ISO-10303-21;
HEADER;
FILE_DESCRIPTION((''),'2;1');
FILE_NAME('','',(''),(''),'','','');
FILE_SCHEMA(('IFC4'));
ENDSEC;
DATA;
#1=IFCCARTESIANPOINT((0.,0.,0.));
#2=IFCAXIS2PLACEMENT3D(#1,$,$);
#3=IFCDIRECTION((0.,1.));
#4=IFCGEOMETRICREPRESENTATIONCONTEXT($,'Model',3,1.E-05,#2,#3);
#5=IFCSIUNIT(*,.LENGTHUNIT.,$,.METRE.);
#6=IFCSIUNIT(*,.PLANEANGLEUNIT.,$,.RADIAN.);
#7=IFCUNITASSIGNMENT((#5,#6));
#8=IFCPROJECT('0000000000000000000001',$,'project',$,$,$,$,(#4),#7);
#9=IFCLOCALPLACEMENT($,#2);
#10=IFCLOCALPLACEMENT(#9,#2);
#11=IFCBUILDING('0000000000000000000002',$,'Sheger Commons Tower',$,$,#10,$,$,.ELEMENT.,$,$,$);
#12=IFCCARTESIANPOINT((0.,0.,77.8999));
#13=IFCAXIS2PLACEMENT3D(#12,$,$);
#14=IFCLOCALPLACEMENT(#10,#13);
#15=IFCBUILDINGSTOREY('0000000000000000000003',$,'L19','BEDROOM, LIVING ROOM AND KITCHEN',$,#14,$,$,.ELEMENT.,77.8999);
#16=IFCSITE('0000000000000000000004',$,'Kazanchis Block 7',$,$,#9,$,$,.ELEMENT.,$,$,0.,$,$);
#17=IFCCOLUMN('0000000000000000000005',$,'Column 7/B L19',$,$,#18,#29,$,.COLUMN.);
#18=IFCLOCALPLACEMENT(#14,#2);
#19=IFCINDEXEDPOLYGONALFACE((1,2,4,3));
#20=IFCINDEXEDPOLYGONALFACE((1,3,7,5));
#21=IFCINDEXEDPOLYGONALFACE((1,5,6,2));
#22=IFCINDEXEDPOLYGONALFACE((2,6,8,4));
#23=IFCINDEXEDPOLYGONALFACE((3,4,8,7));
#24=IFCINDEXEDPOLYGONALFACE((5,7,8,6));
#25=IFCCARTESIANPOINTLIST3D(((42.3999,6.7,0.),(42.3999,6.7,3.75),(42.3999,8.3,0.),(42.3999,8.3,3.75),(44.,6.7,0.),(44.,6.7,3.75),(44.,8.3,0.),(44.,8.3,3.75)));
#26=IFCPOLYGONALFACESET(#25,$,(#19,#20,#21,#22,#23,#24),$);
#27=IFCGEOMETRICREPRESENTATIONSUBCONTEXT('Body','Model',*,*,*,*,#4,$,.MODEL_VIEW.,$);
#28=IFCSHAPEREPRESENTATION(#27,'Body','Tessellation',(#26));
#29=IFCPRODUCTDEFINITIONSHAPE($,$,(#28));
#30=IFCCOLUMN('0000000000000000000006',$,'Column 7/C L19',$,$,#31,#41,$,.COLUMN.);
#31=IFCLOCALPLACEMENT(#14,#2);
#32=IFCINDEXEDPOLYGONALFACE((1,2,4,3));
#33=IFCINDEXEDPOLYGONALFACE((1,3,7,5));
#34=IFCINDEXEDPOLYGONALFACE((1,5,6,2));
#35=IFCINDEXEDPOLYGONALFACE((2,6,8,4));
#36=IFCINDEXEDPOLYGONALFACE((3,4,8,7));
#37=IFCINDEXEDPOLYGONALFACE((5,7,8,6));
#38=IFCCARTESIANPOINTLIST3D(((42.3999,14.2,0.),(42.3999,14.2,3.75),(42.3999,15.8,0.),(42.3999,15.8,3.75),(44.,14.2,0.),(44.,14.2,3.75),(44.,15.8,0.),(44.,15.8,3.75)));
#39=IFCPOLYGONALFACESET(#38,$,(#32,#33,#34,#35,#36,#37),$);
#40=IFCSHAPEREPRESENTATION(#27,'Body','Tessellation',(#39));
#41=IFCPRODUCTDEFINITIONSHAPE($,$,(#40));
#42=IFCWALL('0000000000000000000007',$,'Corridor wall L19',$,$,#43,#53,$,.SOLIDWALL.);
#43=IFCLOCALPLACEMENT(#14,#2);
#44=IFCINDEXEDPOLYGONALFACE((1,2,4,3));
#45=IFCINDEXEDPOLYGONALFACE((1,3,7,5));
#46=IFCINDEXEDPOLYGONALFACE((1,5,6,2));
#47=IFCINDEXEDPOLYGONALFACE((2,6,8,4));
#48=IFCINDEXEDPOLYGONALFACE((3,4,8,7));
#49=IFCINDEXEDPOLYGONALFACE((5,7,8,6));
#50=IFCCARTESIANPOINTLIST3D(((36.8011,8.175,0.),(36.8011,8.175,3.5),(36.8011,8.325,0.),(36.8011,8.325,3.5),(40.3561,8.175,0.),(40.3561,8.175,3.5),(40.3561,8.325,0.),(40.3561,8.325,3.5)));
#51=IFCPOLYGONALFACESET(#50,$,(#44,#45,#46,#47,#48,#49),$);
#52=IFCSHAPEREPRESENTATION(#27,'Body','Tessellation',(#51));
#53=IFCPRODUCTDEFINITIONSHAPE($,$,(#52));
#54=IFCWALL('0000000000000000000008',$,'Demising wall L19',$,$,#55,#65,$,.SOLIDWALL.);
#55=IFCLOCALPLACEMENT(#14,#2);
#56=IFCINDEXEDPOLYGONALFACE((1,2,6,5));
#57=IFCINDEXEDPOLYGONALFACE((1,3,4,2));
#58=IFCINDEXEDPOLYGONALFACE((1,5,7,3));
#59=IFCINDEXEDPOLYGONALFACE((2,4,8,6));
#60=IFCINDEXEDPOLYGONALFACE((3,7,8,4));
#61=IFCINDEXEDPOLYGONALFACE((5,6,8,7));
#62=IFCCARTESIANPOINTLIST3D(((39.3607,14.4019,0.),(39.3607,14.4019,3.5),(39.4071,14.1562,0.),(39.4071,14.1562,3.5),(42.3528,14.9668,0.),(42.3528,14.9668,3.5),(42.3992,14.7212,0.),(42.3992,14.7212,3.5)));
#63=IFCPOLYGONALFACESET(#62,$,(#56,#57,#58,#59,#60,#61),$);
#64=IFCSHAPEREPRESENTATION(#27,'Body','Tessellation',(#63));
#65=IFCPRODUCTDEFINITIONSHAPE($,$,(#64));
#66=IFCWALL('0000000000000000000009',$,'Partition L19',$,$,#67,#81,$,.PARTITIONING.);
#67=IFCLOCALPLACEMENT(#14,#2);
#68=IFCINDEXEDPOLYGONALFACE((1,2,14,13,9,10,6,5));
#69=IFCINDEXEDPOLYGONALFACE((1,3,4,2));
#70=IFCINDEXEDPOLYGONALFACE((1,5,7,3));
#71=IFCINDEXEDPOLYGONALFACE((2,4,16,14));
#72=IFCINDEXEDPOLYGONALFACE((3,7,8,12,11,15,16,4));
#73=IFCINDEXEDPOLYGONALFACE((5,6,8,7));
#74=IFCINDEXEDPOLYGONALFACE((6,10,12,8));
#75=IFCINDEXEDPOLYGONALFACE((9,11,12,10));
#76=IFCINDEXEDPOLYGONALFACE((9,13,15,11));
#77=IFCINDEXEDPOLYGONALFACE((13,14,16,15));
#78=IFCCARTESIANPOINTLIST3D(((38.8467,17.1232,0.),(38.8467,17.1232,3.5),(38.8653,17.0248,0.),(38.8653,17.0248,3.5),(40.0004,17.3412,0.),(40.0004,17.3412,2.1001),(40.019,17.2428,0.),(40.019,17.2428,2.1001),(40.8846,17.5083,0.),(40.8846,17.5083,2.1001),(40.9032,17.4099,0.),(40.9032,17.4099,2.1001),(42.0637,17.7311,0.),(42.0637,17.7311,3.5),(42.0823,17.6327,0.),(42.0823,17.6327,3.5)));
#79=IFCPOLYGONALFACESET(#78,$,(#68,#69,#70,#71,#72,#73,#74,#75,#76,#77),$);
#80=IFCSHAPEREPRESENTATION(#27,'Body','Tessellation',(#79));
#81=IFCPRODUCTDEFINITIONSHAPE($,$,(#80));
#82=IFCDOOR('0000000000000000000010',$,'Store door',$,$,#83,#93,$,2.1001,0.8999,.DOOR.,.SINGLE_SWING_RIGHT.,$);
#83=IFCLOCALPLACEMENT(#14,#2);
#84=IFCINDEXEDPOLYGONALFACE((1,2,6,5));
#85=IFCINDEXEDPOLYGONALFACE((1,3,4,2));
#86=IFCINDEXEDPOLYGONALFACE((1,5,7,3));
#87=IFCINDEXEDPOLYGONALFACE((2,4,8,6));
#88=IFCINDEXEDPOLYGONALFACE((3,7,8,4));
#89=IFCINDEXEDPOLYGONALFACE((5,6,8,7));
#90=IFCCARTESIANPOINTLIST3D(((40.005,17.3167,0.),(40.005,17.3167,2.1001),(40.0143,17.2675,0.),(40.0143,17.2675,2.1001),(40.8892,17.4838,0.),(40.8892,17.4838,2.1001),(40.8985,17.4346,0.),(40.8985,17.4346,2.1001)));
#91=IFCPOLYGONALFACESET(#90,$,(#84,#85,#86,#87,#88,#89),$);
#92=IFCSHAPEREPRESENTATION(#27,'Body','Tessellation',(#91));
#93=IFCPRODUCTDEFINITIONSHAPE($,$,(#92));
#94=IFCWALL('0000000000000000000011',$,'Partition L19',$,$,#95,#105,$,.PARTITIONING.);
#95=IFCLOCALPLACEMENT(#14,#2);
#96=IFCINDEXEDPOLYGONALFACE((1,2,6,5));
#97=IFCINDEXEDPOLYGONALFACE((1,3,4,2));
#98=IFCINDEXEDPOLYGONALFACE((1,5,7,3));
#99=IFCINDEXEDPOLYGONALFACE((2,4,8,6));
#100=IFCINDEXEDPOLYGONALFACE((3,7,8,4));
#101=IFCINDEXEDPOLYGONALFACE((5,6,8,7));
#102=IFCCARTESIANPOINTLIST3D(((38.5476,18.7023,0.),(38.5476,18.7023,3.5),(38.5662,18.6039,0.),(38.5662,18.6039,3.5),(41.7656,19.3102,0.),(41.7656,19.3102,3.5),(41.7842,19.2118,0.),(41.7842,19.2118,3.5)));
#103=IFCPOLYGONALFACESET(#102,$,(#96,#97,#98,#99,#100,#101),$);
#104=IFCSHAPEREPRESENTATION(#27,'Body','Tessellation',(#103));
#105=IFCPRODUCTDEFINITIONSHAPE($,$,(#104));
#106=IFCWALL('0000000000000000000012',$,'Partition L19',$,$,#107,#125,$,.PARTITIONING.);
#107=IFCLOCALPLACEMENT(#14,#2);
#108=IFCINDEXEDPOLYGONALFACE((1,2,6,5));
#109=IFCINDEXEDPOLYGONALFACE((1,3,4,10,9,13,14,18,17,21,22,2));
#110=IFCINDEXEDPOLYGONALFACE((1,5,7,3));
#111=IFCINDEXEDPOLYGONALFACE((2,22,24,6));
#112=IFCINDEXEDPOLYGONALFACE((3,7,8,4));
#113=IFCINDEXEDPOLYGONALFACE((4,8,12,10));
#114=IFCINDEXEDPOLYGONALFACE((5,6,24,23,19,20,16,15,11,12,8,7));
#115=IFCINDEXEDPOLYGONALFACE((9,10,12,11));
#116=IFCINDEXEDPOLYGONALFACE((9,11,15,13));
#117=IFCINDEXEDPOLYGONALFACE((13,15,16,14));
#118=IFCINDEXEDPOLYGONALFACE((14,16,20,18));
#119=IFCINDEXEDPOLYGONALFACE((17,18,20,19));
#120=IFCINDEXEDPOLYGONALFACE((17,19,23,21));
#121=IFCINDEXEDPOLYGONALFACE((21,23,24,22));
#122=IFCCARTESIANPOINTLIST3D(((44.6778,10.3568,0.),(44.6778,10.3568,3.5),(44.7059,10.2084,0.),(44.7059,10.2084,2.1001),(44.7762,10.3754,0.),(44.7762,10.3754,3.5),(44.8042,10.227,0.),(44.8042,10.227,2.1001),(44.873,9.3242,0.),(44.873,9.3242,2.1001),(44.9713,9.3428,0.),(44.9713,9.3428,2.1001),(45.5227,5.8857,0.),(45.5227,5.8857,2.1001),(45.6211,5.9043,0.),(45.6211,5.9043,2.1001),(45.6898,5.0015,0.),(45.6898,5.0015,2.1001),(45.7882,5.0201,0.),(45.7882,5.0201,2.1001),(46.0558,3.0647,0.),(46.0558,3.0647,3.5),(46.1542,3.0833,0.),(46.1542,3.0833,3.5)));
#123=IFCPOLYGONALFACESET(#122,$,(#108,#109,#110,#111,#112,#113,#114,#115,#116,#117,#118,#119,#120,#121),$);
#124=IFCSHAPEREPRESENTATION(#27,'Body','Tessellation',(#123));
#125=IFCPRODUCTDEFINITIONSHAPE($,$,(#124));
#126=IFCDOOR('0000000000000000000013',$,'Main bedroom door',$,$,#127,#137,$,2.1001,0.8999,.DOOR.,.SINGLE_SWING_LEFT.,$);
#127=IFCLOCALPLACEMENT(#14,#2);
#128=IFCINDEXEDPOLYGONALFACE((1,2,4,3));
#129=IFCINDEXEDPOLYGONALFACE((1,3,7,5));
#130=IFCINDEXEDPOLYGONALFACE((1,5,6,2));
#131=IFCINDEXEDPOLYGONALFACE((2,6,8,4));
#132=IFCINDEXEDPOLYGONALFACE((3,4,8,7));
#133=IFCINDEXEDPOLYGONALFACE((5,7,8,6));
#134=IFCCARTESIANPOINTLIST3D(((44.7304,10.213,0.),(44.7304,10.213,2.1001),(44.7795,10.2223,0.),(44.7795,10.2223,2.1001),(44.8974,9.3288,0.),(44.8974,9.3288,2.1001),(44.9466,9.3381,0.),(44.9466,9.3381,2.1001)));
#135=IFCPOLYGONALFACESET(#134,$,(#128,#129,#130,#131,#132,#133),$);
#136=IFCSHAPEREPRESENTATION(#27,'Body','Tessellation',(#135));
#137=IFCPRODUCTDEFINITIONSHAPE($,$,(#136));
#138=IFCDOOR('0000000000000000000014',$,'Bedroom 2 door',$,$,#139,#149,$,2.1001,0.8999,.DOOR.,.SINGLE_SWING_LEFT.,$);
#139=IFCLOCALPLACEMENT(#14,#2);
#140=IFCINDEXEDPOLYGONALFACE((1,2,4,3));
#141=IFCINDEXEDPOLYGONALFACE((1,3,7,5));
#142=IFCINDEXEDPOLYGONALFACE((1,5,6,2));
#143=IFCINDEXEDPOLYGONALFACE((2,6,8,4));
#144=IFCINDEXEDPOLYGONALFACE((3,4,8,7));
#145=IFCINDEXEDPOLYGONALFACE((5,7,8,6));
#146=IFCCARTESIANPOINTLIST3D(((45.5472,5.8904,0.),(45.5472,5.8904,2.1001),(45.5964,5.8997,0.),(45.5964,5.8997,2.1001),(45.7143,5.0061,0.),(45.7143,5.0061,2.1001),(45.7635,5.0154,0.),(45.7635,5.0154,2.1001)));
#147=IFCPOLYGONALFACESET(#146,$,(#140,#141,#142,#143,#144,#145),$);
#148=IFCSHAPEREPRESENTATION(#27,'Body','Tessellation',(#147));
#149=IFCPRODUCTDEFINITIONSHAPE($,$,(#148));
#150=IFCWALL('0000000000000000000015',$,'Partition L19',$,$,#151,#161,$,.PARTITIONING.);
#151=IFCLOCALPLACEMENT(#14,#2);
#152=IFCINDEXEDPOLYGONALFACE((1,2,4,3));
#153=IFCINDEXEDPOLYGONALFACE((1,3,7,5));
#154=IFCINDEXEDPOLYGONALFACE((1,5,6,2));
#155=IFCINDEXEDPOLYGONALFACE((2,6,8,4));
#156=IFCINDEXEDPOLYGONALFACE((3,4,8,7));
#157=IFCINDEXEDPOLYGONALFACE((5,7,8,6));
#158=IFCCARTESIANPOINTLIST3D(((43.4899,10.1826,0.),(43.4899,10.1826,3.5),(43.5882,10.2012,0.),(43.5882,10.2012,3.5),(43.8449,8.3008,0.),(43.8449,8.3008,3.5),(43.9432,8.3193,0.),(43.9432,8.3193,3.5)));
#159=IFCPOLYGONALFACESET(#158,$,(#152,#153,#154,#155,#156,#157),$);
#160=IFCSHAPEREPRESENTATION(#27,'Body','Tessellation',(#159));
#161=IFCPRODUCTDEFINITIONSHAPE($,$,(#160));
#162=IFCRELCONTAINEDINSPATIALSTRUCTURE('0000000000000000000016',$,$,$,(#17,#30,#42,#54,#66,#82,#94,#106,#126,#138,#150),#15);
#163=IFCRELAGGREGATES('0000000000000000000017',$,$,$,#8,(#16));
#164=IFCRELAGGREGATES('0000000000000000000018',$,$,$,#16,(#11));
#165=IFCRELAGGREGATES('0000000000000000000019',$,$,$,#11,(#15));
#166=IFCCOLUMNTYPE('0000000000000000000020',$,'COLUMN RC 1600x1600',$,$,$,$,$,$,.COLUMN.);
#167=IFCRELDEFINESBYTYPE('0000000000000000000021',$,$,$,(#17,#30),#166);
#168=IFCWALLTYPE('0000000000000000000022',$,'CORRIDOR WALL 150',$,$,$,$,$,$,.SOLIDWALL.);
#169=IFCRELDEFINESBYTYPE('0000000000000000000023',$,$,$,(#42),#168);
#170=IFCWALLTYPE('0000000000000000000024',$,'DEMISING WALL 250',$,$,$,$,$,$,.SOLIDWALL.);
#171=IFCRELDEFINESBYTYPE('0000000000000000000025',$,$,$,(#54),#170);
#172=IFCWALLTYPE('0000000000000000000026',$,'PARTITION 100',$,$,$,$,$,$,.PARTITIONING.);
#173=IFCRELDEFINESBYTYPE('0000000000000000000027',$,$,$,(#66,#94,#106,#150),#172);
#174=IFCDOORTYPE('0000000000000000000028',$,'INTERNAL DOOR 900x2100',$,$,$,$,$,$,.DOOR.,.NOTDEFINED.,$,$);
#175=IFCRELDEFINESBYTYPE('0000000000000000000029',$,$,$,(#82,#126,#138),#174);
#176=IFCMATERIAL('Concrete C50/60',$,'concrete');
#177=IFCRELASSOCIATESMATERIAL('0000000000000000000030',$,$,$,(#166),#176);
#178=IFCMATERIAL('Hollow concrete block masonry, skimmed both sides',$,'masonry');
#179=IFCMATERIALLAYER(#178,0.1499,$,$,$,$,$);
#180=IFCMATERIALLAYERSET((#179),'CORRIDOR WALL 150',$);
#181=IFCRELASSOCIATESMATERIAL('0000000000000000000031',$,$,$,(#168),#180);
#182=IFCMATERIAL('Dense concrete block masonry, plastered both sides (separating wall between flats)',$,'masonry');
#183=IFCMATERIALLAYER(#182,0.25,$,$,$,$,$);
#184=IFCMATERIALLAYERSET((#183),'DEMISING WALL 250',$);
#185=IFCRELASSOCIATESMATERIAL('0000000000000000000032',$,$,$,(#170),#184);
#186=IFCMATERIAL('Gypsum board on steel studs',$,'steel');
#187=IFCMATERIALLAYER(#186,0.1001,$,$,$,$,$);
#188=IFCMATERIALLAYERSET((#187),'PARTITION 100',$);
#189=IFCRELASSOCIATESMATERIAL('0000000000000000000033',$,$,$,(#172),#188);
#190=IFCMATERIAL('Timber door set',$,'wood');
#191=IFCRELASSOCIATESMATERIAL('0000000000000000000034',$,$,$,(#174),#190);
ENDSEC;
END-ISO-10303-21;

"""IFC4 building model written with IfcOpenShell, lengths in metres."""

from ifc_helpers import new_model, si_unit, direction, frame, frame_2d, origin, origin_2d, place, context, subcontext, project, spatial, rectangle, extrude, material, layer, layer_set, material_profile, profile_set, type_object, element, fill, save


model = new_model("IFC4")

# Units and contexts
model_context = context("Model", 3, precision=1e-05, world=origin(), true_north=direction((0.0, 1.0)))
body_context = subcontext(model_context, "Body", "Model", "MODEL_VIEW")
ifc_project = project(units=[si_unit("LENGTHUNIT", "METRE"), si_unit("PLANEANGLEUNIT", "RADIAN")], contexts=[model_context])

# Site, building, storey
site_placement = place(None, origin())
site = spatial("IfcSite", under=ifc_project, at=site_placement, Name="Kazanchis Block 7", CompositionType="ELEMENT", RefElevation=0.0)
building_placement = place(site_placement, origin())
building = spatial("IfcBuilding", under=site, at=building_placement, Name="Sheger Commons Tower", CompositionType="ELEMENT")
storey_placement = place(building_placement, frame((0.0, 0.0, 77.8999)))
storey = spatial("IfcBuildingStorey", under=building, at=storey_placement, Name="L19", Description="BEDROOM, LIVING ROOM AND KITCHEN", CompositionType="ELEMENT", Elevation=77.8999)

# Columns
ifc_material_1 = material(Name="Concrete C50/60", Category="concrete")
ifc_material_profile = material_profile(ifc_material_1, rectangle(XDim=1.6001, YDim=1.6001, at=origin_2d()), Name="RC 1600x1600")
ifc_profile_set = profile_set([ifc_material_profile], Name="Concrete C50/60")
column_type = type_object("IfcColumnType", Name="COLUMN RC 1600x1600", PredefinedType="COLUMN", material=ifc_profile_set)
for number, where, z_axis, x_axis, name in (
    (1, (43.2, 7.5, 0.0), (0.0, 0.0, 1.0), (1.0, 0.0, 0.0), "Column 7/B L19"),
    (2, (43.2, 15.0, 0.0), (0.0, 0.0, 1.0), (1.0, 0.0, 0.0), "Column 7/C L19"),
):
    element("IfcColumn", number, at=place(storey_placement, frame(where, z_axis=z_axis, x_axis=x_axis)), inside=storey, type_object=column_type, Name=name, PredefinedType="COLUMN", context=body_context, shape_type="SweptSolid", body=[
        extrude(rectangle(XDim=1.6001, YDim=1.6001, at=origin_2d()), origin(), (0.0, 0.0, 1.0), 3.75),
    ])

# Walls
ifc_material_2 = material(Name="Hollow concrete block masonry, skimmed both sides", Category="masonry")
ifc_layer_1 = layer(ifc_material_2, 0.1499)
ifc_layer_set_1 = layer_set([ifc_layer_1], Name="CORRIDOR WALL 150")
wall_type_1 = type_object("IfcWallType", Name="CORRIDOR WALL 150", PredefinedType="SOLIDWALL", material=ifc_layer_set_1)
wall_1_placement = place(storey_placement, frame((40.356, 8.25, 0.0), z_axis=(0.0, 0.0, 1.0), x_axis=(-1.0, 0.0, 0.0)))
element("IfcWall", 3, at=wall_1_placement, inside=storey, type_object=wall_type_1, Name="Corridor wall L19", PredefinedType="SOLIDWALL", context=body_context, shape_type="SweptSolid", body=[
    extrude(rectangle(XDim=3.5549, YDim=0.1499, at=frame_2d((1.7773, 0.0))), origin(), (0.0, 0.0, 1.0), 3.5),
])
ifc_material_3 = material(Name="Dense concrete block masonry, plastered both sides (separating wall between flats)", Category="masonry")
ifc_layer_2 = layer(ifc_material_3, 0.25)
ifc_layer_set_2 = layer_set([ifc_layer_2], Name="DEMISING WALL 250")
wall_type_2 = type_object("IfcWallType", Name="DEMISING WALL 250", PredefinedType="SOLIDWALL", material=ifc_layer_set_2)
wall_2_placement = place(storey_placement, frame((42.376, 14.844, 0.0), z_axis=(0.0, 0.0, 1.0), x_axis=(-0.982636, -0.185542, 0.0)))
element("IfcWall", 4, at=wall_2_placement, inside=storey, type_object=wall_type_2, Name="Demising wall L19", PredefinedType="SOLIDWALL", context=body_context, shape_type="SweptSolid", body=[
    extrude(rectangle(XDim=3.0449, YDim=0.25, at=frame_2d((1.5225, 0.0))), origin(), (0.0, 0.0, 1.0), 3.5),
])

# Wall, opening, door
ifc_material_4 = material(Name="Gypsum board on steel studs", Category="steel")
ifc_layer_3 = layer(ifc_material_4, 0.1001)
ifc_layer_set_3 = layer_set([ifc_layer_3], Name="PARTITION 100")
wall_type_3 = type_object("IfcWallType", Name="PARTITION 100", PredefinedType="PARTITIONING", material=ifc_layer_set_3)
wall_3_placement = place(storey_placement, frame((42.073, 17.6819, 0.0), z_axis=(0.0, 0.0, 1.0), x_axis=(-0.98261, -0.18568, 0.0)))
wall_3 = element("IfcWall", 5, at=wall_3_placement, inside=storey, type_object=wall_type_3, Name="Partition L19", PredefinedType="PARTITIONING", context=body_context, shape_type="SweptSolid", body=[
    extrude(rectangle(XDim=3.2739, YDim=0.1001, at=frame_2d((1.637, 0.0))), origin(), (0.0, 0.0, 1.0), 3.5),
])
opening_1_placement = place(wall_3_placement, frame((1.2, 0.0, 0.0)))
opening_1 = element("IfcOpeningElement", 6, at=opening_1_placement, cuts=wall_3, PredefinedType="OPENING", context=body_context, shape_type="SweptSolid", body=[
    extrude(rectangle(XDim=0.8999, YDim=2.1001, at=frame_2d((0.45, 1.05))), frame((0.0, 0.0601, 0.0), z_axis=(0.0, -1.0, 0.0), x_axis=(1.0, 0.0, 0.0)), (0.0, 0.0, 1.0), 0.1201),
])
ifc_material_5 = material(Name="Timber door set", Category="wood")
door_type_1 = type_object("IfcDoorType", Name="INTERNAL DOOR 900x2100", OperationType="NOTDEFINED", PredefinedType="DOOR", material=ifc_material_5)
door_1_placement = place(opening_1_placement, origin())
door_1 = element("IfcDoor", 7, at=door_1_placement, inside=storey, type_object=door_type_1, Name="Store door", OperationType="SINGLE_SWING_RIGHT", OverallHeight=2.1001, OverallWidth=0.8999, PredefinedType="DOOR", context=body_context, shape_type="SweptSolid", body=[
    extrude(rectangle(XDim=0.8999, YDim=2.1001, at=frame_2d((0.45, 1.05))), frame((0.0, 0.0249, 0.0), z_axis=(0.0, -1.0, 0.0), x_axis=(1.0, 0.0, 0.0)), (0.0, 0.0, 1.0), 0.05),
])
fill(opening_1, door_1)

# Wall
wall_4_placement = place(storey_placement, frame((41.7749, 19.261, 0.0), z_axis=(0.0, 0.0, 1.0), x_axis=(-0.982621, -0.185625, 0.0)))
element("IfcWall", 8, at=wall_4_placement, inside=storey, type_object=wall_type_3, Name="Partition L19", PredefinedType="PARTITIONING", context=body_context, shape_type="SweptSolid", body=[
    extrude(rectangle(XDim=3.2749, YDim=0.1001, at=frame_2d((1.6375, 0.0))), origin(), (0.0, 0.0, 1.0), 3.5),
])

# Wall, openings, doors
wall_5_placement = place(storey_placement, frame((44.7271, 10.366, 0.0), z_axis=(0.0, 0.0, 1.0), x_axis=(0.185679, -0.98261, 0.0)))
wall_5 = element("IfcWall", 9, at=wall_5_placement, inside=storey, type_object=wall_type_3, Name="Partition L19", PredefinedType="PARTITIONING", context=body_context, shape_type="SweptSolid", body=[
    extrude(rectangle(XDim=7.4211, YDim=0.1001, at=frame_2d((3.7104, 0.0))), origin(), (0.0, 0.0, 1.0), 3.5),
])
opening_2_placement = place(wall_5_placement, frame((0.1509, 0.0, 0.0)))
opening_2 = element("IfcOpeningElement", 10, at=opening_2_placement, cuts=wall_5, PredefinedType="OPENING", context=body_context, shape_type="SweptSolid", body=[
    extrude(rectangle(XDim=0.8999, YDim=2.1001, at=frame_2d((0.45, 1.05))), frame((0.0, 0.0601, 0.0), z_axis=(0.0, -1.0, 0.0), x_axis=(1.0, 0.0, 0.0)), (0.0, 0.0, 1.0), 0.1201),
])
opening_3_placement = place(wall_5_placement, frame((4.55, 0.0, 0.0)))
opening_3 = element("IfcOpeningElement", 11, at=opening_3_placement, cuts=wall_5, PredefinedType="OPENING", context=body_context, shape_type="SweptSolid", body=[
    extrude(rectangle(XDim=0.8999, YDim=2.1001, at=frame_2d((0.45, 1.05))), frame((0.0, 0.0601, 0.0), z_axis=(0.0, -1.0, 0.0), x_axis=(1.0, 0.0, 0.0)), (0.0, 0.0, 1.0), 0.1201),
])
door_2_placement = place(opening_2_placement, origin())
door_2 = element("IfcDoor", 12, at=door_2_placement, inside=storey, type_object=door_type_1, Name="Main bedroom door", OperationType="SINGLE_SWING_LEFT", OverallHeight=2.1001, OverallWidth=0.8999, PredefinedType="DOOR", context=body_context, shape_type="SweptSolid", body=[
    extrude(rectangle(XDim=0.8999, YDim=2.1001, at=frame_2d((0.45, 1.05))), frame((0.0, 0.0249, 0.0), z_axis=(0.0, -1.0, 0.0), x_axis=(1.0, 0.0, 0.0)), (0.0, 0.0, 1.0), 0.05),
])
fill(opening_2, door_2)
door_3_placement = place(opening_3_placement, origin())
door_3 = element("IfcDoor", 13, at=door_3_placement, inside=storey, type_object=door_type_1, Name="Bedroom 2 door", OperationType="SINGLE_SWING_LEFT", OverallHeight=2.1001, OverallWidth=0.8999, PredefinedType="DOOR", context=body_context, shape_type="SweptSolid", body=[
    extrude(rectangle(XDim=0.8999, YDim=2.1001, at=frame_2d((0.45, 1.05))), frame((0.0, 0.0249, 0.0), z_axis=(0.0, -1.0, 0.0), x_axis=(1.0, 0.0, 0.0)), (0.0, 0.0, 1.0), 0.05),
])
fill(opening_3, door_3)

# Wall
wall_6_placement = place(storey_placement, frame((43.5391, 10.1919, 0.0), z_axis=(0.0, 0.0, 1.0), x_axis=(0.185366, -0.98267, 0.0)))
element("IfcWall", 14, at=wall_6_placement, inside=storey, type_object=wall_type_3, Name="Partition L19", PredefinedType="PARTITIONING", context=body_context, shape_type="SweptSolid", body=[
    extrude(rectangle(XDim=1.915, YDim=0.1001, at=frame_2d((0.9575, 0.0))), origin(), (0.0, 0.0, 1.0), 3.5),
])

save(model, "model.ifc")
